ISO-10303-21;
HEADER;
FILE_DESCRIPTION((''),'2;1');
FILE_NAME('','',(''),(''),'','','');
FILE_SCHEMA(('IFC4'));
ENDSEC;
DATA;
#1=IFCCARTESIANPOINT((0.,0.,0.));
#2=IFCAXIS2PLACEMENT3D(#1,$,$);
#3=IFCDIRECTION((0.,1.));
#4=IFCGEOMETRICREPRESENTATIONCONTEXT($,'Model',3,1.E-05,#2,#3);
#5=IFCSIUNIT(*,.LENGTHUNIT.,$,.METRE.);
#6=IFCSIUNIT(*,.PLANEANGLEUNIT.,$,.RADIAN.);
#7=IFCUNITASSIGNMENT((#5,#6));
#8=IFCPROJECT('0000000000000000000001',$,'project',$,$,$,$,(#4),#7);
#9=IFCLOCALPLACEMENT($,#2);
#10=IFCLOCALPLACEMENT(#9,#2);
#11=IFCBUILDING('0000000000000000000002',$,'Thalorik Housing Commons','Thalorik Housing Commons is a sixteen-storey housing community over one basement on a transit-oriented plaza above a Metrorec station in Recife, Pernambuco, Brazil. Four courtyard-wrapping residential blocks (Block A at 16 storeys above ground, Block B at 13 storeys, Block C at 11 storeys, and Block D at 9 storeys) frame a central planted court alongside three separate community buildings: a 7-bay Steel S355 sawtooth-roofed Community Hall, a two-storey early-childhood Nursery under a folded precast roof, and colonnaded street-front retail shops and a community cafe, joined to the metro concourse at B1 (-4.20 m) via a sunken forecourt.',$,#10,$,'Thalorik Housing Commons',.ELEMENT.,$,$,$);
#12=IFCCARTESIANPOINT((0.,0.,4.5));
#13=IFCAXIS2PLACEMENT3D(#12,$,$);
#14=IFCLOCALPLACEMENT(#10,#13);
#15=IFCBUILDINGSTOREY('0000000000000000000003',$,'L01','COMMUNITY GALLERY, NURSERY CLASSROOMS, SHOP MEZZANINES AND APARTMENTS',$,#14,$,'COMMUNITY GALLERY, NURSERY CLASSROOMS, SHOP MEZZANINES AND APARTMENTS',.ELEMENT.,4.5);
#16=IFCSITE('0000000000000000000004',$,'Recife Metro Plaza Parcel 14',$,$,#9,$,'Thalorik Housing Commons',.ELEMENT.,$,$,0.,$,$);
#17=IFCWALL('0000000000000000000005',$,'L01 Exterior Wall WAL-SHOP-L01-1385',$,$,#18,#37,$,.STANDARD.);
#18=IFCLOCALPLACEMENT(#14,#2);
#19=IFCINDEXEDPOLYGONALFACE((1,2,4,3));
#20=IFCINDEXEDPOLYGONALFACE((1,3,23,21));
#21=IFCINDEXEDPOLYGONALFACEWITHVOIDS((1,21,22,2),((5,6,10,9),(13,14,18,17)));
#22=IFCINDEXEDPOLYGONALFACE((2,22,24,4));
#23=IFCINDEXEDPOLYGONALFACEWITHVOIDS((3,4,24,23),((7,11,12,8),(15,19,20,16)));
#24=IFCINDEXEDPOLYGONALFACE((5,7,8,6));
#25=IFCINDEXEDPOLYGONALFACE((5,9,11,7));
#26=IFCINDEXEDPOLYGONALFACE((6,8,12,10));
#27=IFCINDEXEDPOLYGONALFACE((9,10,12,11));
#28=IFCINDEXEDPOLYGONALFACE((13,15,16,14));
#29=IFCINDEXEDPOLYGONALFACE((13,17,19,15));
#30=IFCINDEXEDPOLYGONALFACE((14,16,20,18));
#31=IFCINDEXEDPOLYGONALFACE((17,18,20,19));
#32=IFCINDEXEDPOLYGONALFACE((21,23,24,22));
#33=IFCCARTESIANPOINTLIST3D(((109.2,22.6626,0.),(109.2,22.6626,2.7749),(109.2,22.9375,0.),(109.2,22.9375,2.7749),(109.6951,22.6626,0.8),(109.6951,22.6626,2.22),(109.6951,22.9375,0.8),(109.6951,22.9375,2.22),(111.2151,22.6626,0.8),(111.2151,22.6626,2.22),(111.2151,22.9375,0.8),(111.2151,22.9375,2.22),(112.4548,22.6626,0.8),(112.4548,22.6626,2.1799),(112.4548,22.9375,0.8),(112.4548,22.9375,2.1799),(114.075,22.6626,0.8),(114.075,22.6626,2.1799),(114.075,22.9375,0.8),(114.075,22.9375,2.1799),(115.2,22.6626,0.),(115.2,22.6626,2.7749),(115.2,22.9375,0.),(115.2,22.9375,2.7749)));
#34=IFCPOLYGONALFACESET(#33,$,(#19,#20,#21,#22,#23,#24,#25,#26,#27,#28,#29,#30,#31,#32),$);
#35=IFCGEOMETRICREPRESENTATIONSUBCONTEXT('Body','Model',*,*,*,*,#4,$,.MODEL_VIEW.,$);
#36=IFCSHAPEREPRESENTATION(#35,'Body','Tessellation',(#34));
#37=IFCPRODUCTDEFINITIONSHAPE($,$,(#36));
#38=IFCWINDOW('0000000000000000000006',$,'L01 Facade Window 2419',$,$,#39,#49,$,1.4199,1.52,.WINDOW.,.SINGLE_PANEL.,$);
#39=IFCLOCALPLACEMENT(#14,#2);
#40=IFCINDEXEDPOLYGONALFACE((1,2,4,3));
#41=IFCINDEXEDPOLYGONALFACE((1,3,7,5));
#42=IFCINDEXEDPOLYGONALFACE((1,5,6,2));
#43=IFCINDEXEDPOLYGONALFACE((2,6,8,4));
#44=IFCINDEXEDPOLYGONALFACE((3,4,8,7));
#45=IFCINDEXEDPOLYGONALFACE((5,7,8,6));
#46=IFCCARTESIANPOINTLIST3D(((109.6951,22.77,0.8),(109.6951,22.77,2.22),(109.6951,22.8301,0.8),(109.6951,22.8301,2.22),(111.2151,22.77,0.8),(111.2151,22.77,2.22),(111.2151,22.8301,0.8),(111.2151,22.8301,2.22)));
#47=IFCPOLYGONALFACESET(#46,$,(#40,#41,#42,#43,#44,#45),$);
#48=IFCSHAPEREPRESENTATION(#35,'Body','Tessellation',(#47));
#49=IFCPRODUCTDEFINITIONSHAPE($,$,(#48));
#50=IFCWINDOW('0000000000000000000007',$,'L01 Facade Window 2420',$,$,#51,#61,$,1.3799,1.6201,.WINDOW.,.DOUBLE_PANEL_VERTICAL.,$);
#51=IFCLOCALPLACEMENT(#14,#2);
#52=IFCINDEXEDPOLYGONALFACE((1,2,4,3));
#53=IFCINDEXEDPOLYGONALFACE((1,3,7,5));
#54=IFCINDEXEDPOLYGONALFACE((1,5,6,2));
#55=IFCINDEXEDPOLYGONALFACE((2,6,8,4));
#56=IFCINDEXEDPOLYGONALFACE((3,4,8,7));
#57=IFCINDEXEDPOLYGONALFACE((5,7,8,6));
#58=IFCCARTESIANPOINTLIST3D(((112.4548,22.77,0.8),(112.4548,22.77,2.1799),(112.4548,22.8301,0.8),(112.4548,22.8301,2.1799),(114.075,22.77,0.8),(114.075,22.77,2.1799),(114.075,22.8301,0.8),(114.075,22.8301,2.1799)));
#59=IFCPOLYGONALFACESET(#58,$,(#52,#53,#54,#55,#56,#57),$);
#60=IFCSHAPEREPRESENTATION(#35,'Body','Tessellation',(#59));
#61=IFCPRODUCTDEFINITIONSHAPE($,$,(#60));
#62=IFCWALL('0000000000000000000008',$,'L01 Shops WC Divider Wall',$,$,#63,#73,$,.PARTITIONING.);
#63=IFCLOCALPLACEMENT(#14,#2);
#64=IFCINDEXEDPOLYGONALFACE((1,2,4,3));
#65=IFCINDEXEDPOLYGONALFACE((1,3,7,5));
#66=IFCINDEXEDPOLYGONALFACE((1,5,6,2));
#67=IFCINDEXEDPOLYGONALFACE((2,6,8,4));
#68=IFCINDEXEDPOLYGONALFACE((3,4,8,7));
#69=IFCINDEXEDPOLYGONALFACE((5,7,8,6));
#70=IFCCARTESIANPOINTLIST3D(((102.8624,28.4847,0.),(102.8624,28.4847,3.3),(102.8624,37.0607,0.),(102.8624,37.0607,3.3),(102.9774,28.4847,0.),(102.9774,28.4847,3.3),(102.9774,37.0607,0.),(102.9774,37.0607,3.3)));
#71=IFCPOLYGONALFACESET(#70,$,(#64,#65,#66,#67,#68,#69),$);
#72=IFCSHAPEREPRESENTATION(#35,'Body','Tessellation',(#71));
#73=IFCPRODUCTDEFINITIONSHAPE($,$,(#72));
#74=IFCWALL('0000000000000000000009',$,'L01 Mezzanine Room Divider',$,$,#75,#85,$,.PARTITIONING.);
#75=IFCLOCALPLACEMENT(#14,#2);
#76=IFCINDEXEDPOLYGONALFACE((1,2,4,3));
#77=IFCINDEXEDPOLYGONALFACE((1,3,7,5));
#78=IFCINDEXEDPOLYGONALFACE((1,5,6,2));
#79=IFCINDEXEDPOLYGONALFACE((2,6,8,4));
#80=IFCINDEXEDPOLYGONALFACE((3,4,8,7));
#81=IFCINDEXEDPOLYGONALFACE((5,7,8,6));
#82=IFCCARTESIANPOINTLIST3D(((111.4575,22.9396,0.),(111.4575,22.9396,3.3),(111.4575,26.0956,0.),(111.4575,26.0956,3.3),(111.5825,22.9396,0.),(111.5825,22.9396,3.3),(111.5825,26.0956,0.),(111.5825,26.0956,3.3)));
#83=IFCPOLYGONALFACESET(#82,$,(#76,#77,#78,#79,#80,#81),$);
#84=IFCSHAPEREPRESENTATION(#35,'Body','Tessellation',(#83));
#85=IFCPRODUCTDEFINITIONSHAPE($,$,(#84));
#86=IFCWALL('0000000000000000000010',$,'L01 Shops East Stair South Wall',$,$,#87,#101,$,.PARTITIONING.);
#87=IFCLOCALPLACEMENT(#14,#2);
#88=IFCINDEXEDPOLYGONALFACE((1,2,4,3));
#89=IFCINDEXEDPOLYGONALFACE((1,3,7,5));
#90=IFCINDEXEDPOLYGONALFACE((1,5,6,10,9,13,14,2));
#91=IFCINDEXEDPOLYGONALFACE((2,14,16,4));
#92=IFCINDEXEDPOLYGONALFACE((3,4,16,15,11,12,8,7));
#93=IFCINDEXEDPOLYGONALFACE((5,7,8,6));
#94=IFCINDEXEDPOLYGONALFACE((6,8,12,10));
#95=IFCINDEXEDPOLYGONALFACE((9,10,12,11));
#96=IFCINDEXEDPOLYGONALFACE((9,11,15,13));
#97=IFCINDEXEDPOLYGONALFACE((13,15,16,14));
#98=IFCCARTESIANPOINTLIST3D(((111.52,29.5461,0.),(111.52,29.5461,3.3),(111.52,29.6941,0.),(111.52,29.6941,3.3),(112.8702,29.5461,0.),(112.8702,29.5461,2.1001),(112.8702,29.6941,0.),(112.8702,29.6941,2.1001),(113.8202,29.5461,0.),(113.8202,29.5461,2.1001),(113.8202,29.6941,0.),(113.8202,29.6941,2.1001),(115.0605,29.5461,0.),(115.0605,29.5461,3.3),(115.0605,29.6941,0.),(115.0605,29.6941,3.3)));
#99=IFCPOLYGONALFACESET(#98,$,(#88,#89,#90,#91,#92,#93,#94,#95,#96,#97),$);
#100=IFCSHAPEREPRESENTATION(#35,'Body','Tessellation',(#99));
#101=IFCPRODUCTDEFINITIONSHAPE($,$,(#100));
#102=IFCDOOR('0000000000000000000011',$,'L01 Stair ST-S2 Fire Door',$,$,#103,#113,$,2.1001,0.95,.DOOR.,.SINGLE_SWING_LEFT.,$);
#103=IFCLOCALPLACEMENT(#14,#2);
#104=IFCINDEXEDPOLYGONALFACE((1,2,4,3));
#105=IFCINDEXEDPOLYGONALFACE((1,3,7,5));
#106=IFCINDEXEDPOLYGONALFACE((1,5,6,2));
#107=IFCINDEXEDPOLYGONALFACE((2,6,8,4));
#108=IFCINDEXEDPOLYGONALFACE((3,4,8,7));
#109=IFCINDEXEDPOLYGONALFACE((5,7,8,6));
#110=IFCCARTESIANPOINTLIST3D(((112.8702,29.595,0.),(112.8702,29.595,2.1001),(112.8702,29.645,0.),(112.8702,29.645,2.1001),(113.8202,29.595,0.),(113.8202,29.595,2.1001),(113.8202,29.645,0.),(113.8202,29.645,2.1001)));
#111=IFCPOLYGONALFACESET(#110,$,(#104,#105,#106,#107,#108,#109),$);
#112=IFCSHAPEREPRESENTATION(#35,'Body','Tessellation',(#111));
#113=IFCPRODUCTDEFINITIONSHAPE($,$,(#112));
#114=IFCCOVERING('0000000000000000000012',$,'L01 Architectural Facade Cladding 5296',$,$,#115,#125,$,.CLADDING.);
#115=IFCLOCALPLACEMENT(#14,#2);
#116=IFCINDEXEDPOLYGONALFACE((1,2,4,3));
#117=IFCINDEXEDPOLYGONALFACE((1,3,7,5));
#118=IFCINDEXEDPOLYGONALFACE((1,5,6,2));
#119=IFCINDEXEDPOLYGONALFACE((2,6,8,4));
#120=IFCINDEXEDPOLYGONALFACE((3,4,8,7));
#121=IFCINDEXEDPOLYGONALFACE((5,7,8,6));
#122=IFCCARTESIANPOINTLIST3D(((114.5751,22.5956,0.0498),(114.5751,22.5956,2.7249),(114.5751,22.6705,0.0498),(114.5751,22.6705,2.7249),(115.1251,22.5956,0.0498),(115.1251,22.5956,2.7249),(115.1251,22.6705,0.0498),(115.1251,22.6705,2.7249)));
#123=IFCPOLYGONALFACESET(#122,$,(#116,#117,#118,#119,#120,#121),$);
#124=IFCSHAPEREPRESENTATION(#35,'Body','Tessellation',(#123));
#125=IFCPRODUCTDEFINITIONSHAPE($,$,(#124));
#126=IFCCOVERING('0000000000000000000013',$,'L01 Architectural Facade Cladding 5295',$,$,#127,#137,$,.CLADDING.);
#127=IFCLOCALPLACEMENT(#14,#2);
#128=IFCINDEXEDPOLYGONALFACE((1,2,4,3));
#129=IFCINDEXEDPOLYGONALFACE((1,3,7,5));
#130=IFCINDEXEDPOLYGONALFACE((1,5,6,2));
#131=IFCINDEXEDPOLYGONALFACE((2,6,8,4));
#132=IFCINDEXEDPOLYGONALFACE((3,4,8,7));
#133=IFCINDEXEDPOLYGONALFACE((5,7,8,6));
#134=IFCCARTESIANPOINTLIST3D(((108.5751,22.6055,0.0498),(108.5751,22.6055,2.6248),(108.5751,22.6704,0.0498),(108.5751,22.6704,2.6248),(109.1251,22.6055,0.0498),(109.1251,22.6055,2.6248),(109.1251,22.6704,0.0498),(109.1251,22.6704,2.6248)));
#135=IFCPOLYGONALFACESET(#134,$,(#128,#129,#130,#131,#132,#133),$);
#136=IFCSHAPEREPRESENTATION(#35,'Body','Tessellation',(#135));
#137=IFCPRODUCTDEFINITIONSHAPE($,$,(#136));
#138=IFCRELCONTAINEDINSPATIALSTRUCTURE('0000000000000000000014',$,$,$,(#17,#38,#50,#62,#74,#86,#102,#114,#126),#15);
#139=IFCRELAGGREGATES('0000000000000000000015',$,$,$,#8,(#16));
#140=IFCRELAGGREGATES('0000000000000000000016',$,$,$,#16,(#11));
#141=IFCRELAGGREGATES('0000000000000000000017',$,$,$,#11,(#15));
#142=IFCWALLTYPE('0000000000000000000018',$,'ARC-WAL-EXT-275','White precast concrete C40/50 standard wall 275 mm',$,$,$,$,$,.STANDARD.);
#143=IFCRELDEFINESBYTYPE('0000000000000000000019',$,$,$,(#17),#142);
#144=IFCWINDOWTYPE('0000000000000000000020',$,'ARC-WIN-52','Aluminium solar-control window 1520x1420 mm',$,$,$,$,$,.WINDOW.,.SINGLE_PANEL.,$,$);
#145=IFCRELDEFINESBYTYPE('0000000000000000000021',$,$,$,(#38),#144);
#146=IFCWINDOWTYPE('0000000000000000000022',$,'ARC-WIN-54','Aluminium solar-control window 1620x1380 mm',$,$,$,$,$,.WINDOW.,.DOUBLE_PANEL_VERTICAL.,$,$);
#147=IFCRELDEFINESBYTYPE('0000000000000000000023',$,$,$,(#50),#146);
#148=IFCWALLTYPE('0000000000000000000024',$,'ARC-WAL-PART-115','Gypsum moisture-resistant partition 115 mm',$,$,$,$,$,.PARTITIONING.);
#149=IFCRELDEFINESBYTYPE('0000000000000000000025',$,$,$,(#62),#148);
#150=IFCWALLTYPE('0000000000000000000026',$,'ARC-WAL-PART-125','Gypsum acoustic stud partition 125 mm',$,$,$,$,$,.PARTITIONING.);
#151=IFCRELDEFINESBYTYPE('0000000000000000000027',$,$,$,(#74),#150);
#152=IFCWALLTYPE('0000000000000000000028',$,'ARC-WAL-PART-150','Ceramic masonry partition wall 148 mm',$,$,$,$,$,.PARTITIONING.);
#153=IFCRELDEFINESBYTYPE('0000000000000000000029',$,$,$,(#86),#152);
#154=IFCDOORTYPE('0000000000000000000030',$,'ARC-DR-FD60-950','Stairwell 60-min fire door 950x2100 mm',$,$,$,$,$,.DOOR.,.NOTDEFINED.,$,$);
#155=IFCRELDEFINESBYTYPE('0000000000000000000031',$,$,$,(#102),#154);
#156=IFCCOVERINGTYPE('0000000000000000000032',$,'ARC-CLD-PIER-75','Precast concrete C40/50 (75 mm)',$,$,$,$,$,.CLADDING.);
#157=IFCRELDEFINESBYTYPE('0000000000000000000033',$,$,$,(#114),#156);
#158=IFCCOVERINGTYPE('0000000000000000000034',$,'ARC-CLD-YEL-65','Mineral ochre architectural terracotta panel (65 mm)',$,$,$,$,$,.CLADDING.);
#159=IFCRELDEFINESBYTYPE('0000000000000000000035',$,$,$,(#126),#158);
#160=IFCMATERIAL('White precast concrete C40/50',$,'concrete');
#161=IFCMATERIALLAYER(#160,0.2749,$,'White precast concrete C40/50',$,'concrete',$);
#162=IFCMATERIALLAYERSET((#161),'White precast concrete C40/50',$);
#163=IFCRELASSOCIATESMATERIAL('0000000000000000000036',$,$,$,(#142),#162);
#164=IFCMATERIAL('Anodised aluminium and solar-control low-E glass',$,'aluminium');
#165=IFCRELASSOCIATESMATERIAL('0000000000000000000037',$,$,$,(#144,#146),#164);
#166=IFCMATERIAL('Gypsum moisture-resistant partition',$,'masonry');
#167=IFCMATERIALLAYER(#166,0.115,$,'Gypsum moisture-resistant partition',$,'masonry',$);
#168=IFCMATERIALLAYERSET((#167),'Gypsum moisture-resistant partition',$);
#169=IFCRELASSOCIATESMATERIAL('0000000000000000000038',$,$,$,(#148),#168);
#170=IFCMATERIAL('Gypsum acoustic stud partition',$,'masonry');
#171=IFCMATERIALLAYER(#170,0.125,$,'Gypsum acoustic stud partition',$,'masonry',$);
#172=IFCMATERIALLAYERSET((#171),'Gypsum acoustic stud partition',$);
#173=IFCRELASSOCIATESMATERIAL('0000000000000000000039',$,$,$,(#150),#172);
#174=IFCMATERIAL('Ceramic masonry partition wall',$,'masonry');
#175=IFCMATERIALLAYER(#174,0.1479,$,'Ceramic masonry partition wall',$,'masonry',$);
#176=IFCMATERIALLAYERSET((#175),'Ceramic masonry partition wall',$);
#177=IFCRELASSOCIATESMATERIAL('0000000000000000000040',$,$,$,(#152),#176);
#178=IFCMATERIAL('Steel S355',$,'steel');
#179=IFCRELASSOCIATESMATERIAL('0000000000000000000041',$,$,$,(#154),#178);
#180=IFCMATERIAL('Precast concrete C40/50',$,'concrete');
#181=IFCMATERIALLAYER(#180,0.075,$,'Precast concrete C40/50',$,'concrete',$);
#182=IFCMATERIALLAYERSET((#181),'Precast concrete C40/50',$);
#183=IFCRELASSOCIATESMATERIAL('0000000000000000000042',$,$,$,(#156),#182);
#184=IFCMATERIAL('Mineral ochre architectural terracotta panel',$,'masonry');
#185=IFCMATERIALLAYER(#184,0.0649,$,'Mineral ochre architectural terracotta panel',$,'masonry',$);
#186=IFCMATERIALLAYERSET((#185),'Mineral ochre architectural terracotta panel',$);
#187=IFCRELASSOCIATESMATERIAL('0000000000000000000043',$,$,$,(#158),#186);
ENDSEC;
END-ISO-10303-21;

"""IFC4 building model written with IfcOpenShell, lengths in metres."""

from ifc_helpers import new_model, si_unit, direction, frame, frame_2d, origin, origin_2d, place, context, subcontext, project, spatial, rectangle, extrude, material, layer, layer_set, type_object, element, fill, save


model = new_model("IFC4")

# Units and contexts
model_context = context("Model", 3, precision=1e-05, world=origin(), true_north=direction((0.0, 1.0)))
body_context = subcontext(model_context, "Body", "Model", "MODEL_VIEW")
ifc_project = project(units=[si_unit("LENGTHUNIT", "METRE"), si_unit("PLANEANGLEUNIT", "RADIAN")], contexts=[model_context])

# Site, building, storey
site_placement = place(None, origin())
site = spatial("IfcSite", under=ifc_project, at=site_placement, Name="Recife Metro Plaza Parcel 14", LongName="Thalorik Housing Commons", CompositionType="ELEMENT", RefElevation=0.0)
building_placement = place(site_placement, origin())
building = spatial("IfcBuilding", under=site, at=building_placement, Name="Thalorik Housing Commons", Description="Thalorik Housing Commons is a sixteen-storey housing community over one basement on a transit-oriented plaza above a Metrorec station in Recife, Pernambuco, Brazil. Four courtyard-wrapping residential blocks (Block A at 16 storeys above ground, Block B at 13 storeys, Block C at 11 storeys, and Block D at 9 storeys) frame a central planted court alongside three separate community buildings: a 7-bay Steel S355 sawtooth-roofed Community Hall, a two-storey early-childhood Nursery under a folded precast roof, and colonnaded street-front retail shops and a community cafe, joined to the metro concourse at B1 (-4.20 m) via a sunken forecourt.", LongName="Thalorik Housing Commons", CompositionType="ELEMENT")
storey_placement = place(building_placement, frame((0.0, 0.0, 4.5)))
storey = spatial("IfcBuildingStorey", under=building, at=storey_placement, Name="L01", Description="COMMUNITY GALLERY, NURSERY CLASSROOMS, SHOP MEZZANINES AND APARTMENTS", LongName="COMMUNITY GALLERY, NURSERY CLASSROOMS, SHOP MEZZANINES AND APARTMENTS", CompositionType="ELEMENT", Elevation=4.5)

# Shared definitions
ifc_material_1 = material(Name="Precast concrete C40/50", Category="concrete")

# Wall, openings, windows
ifc_material_2 = material(Name="White precast concrete C40/50", Category="concrete")
ifc_layer_1 = layer(ifc_material_2, 0.2749, Name="White precast concrete C40/50", Category="concrete")
ifc_layer_set_1 = layer_set([ifc_layer_1], Name="White precast concrete C40/50")
wall_type_1 = type_object("IfcWallType", Name="ARC-WAL-EXT-275", Description="White precast concrete C40/50 standard wall 275 mm", PredefinedType="STANDARD", material=ifc_layer_set_1)
wall_1_placement = place(storey_placement, frame((109.2, 22.8, 0.0), z_axis=(0.0, 0.0, 1.0), x_axis=(1.0, 0.0, 0.0)))
wall_1 = element("IfcWall", 1, at=wall_1_placement, inside=storey, type_object=wall_type_1, Name="L01 Exterior Wall WAL-SHOP-L01-1385", PredefinedType="STANDARD", context=body_context, shape_type="SweptSolid", body=[
    extrude(rectangle(XDim=6.0, YDim=0.2749, at=frame_2d((3.0, 0.0))), origin(), (0.0, 0.0, 1.0), 2.7749),
])
opening_1_placement = place(wall_1_placement, frame((0.4951, 0.0, 0.8)))
opening_1 = element("IfcOpeningElement", 2, at=opening_1_placement, cuts=wall_1, PredefinedType="OPENING", context=body_context, shape_type="SweptSolid", body=[
    extrude(rectangle(XDim=1.52, YDim=1.4199, at=frame_2d((0.76, 0.71))), frame((0.0, 0.1475, 0.0), z_axis=(0.0, -1.0, 0.0), x_axis=(1.0, 0.0, 0.0)), (0.0, 0.0, 1.0), 0.2949),
])
opening_2_placement = place(wall_1_placement, frame((3.2549, 0.0, 0.8)))
opening_2 = element("IfcOpeningElement", 3, at=opening_2_placement, cuts=wall_1, PredefinedType="OPENING", context=body_context, shape_type="SweptSolid", body=[
    extrude(rectangle(XDim=1.6201, YDim=1.3799, at=frame_2d((0.8101, 0.6899))), frame((0.0, 0.1475, 0.0), z_axis=(0.0, -1.0, 0.0), x_axis=(1.0, 0.0, 0.0)), (0.0, 0.0, 1.0), 0.2949),
])
ifc_material_3 = material(Name="Anodised aluminium and solar-control low-E glass", Category="aluminium")
window_type_1 = type_object("IfcWindowType", Name="ARC-WIN-52", Description="Aluminium solar-control window 1520x1420 mm", PartitioningType="SINGLE_PANEL", PredefinedType="WINDOW", material=ifc_material_3)
window_1_placement = place(opening_1_placement, origin())
window_1 = element("IfcWindow", 4, at=window_1_placement, inside=storey, type_object=window_type_1, Name="L01 Facade Window 2419", OverallHeight=1.4199, OverallWidth=1.52, PartitioningType="SINGLE_PANEL", PredefinedType="WINDOW", context=body_context, shape_type="SweptSolid", body=[
    extrude(rectangle(XDim=1.52, YDim=1.4199, at=frame_2d((0.76, 0.71))), frame((0.0, 0.03, 0.0), z_axis=(0.0, -1.0, 0.0), x_axis=(1.0, 0.0, 0.0)), (0.0, 0.0, 1.0), 0.0601),
])
fill(opening_1, window_1)
window_type_2 = type_object("IfcWindowType", Name="ARC-WIN-54", Description="Aluminium solar-control window 1620x1380 mm", PartitioningType="DOUBLE_PANEL_VERTICAL", PredefinedType="WINDOW", material=ifc_material_3)
window_2_placement = place(opening_2_placement, origin())
window_2 = element("IfcWindow", 5, at=window_2_placement, inside=storey, type_object=window_type_2, Name="L01 Facade Window 2420", OverallHeight=1.3799, OverallWidth=1.6201, PartitioningType="DOUBLE_PANEL_VERTICAL", PredefinedType="WINDOW", context=body_context, shape_type="SweptSolid", body=[
    extrude(rectangle(XDim=1.6201, YDim=1.3799, at=frame_2d((0.8101, 0.6899))), frame((0.0, 0.03, 0.0), z_axis=(0.0, -1.0, 0.0), x_axis=(1.0, 0.0, 0.0)), (0.0, 0.0, 1.0), 0.0601),
])
fill(opening_2, window_2)

# Walls
ifc_material_4 = material(Name="Gypsum moisture-resistant partition", Category="masonry")
ifc_layer_2 = layer(ifc_material_4, 0.115, Name="Gypsum moisture-resistant partition", Category="masonry")
ifc_layer_set_2 = layer_set([ifc_layer_2], Name="Gypsum moisture-resistant partition")
wall_type_2 = type_object("IfcWallType", Name="ARC-WAL-PART-115", Description="Gypsum moisture-resistant partition 115 mm", PredefinedType="PARTITIONING", material=ifc_layer_set_2)
wall_2_placement = place(storey_placement, frame((102.9199, 28.4846, 0.0), z_axis=(0.0, 0.0, 1.0), x_axis=(0.0, 1.0, 0.0)))
element("IfcWall", 6, at=wall_2_placement, inside=storey, type_object=wall_type_2, Name="L01 Shops WC Divider Wall", PredefinedType="PARTITIONING", context=body_context, shape_type="SweptSolid", body=[
    extrude(rectangle(XDim=8.5759, YDim=0.115, at=frame_2d((4.2881, 0.0))), origin(), (0.0, 0.0, 1.0), 3.3),
])
ifc_material_5 = material(Name="Gypsum acoustic stud partition", Category="masonry")
ifc_layer_3 = layer(ifc_material_5, 0.125, Name="Gypsum acoustic stud partition", Category="masonry")
ifc_layer_set_3 = layer_set([ifc_layer_3], Name="Gypsum acoustic stud partition")
wall_type_3 = type_object("IfcWallType", Name="ARC-WAL-PART-125", Description="Gypsum acoustic stud partition 125 mm", PredefinedType="PARTITIONING", material=ifc_layer_set_3)
wall_3_placement = place(storey_placement, frame((111.52, 22.9395, 0.0), z_axis=(0.0, 0.0, 1.0), x_axis=(0.0, 1.0, 0.0)))
element("IfcWall", 7, at=wall_3_placement, inside=storey, type_object=wall_type_3, Name="L01 Mezzanine Room Divider", PredefinedType="PARTITIONING", context=body_context, shape_type="SweptSolid", body=[
    extrude(rectangle(XDim=3.156, YDim=0.125, at=frame_2d((1.5781, 0.0))), origin(), (0.0, 0.0, 1.0), 3.3),
])

# Wall, opening, door
ifc_material_6 = material(Name="Ceramic masonry partition wall", Category="masonry")
ifc_layer_4 = layer(ifc_material_6, 0.1479, Name="Ceramic masonry partition wall", Category="masonry")
ifc_layer_set_4 = layer_set([ifc_layer_4], Name="Ceramic masonry partition wall")
wall_type_4 = type_object("IfcWallType", Name="ARC-WAL-PART-150", Description="Ceramic masonry partition wall 148 mm", PredefinedType="PARTITIONING", material=ifc_layer_set_4)
wall_4_placement = place(storey_placement, frame((111.52, 29.6201, 0.0), z_axis=(0.0, 0.0, 1.0), x_axis=(1.0, 0.0, 0.0)))
wall_4 = element("IfcWall", 8, at=wall_4_placement, inside=storey, type_object=wall_type_4, Name="L01 Shops East Stair South Wall", PredefinedType="PARTITIONING", context=body_context, shape_type="SweptSolid", body=[
    extrude(rectangle(XDim=3.5405, YDim=0.1479, at=frame_2d((1.7703, 0.0))), origin(), (0.0, 0.0, 1.0), 3.3),
])
opening_3_placement = place(wall_4_placement, frame((1.3501, 0.0, 0.0)))
opening_3 = element("IfcOpeningElement", 9, at=opening_3_placement, cuts=wall_4, PredefinedType="OPENING", context=body_context, shape_type="SweptSolid", body=[
    extrude(rectangle(XDim=0.95, YDim=2.1001, at=frame_2d((0.4751, 1.05))), frame((0.0, 0.084, 0.0), z_axis=(0.0, -1.0, 0.0), x_axis=(1.0, 0.0, 0.0)), (0.0, 0.0, 1.0), 0.168),
])
ifc_material_7 = material(Name="Steel S355", Category="steel")
door_type = type_object("IfcDoorType", Name="ARC-DR-FD60-950", Description="Stairwell 60-min fire door 950x2100 mm", OperationType="NOTDEFINED", PredefinedType="DOOR", material=ifc_material_7)
door_placement = place(opening_3_placement, origin())
door = element("IfcDoor", 10, at=door_placement, inside=storey, type_object=door_type, Name="L01 Stair ST-S2 Fire Door", OperationType="SINGLE_SWING_LEFT", OverallHeight=2.1001, OverallWidth=0.95, PredefinedType="DOOR", context=body_context, shape_type="SweptSolid", body=[
    extrude(rectangle(XDim=0.95, YDim=2.1001, at=frame_2d((0.4751, 1.05))), frame((0.0, 0.0249, 0.0), z_axis=(0.0, -1.0, 0.0), x_axis=(1.0, 0.0, 0.0)), (0.0, 0.0, 1.0), 0.05),
])
fill(opening_3, door)

# Coverings
ifc_layer_5 = layer(ifc_material_1, 0.075, Name="Precast concrete C40/50", Category="concrete")
ifc_layer_set_5 = layer_set([ifc_layer_5], Name="Precast concrete C40/50")
covering_type_1 = type_object("IfcCoveringType", Name="ARC-CLD-PIER-75", Description="Precast concrete C40/50 (75 mm)", PredefinedType="CLADDING", material=ifc_layer_set_5)
covering_1_placement = place(storey_placement, frame((114.8501, 22.6331, 0.0498), z_axis=(0.0, 0.0, 1.0), x_axis=(1.0, 0.0, 0.0)))
element("IfcCovering", 11, at=covering_1_placement, inside=storey, type_object=covering_type_1, Name="L01 Architectural Facade Cladding 5296", PredefinedType="CLADDING", context=body_context, shape_type="SweptSolid", body=[
    extrude(rectangle(XDim=0.55, YDim=0.075, at=origin_2d()), origin(), (0.0, 0.0, 1.0), 2.675),
])
ifc_material_8 = material(Name="Mineral ochre architectural terracotta panel", Category="masonry")
ifc_layer_6 = layer(ifc_material_8, 0.0649, Name="Mineral ochre architectural terracotta panel", Category="masonry")
ifc_layer_set_6 = layer_set([ifc_layer_6], Name="Mineral ochre architectural terracotta panel")
covering_type_2 = type_object("IfcCoveringType", Name="ARC-CLD-YEL-65", Description="Mineral ochre architectural terracotta panel (65 mm)", PredefinedType="CLADDING", material=ifc_layer_set_6)
covering_2_placement = place(storey_placement, frame((108.8501, 22.6379, 0.0498), z_axis=(0.0, 0.0, 1.0), x_axis=(1.0, 0.0, 0.0)))
element("IfcCovering", 12, at=covering_2_placement, inside=storey, type_object=covering_type_2, Name="L01 Architectural Facade Cladding 5295", PredefinedType="CLADDING", context=body_context, shape_type="SweptSolid", body=[
    extrude(rectangle(XDim=0.55, YDim=0.0649, at=origin_2d()), origin(), (0.0, 0.0, 1.0), 2.575),
])

save(model, "model.ifc")
